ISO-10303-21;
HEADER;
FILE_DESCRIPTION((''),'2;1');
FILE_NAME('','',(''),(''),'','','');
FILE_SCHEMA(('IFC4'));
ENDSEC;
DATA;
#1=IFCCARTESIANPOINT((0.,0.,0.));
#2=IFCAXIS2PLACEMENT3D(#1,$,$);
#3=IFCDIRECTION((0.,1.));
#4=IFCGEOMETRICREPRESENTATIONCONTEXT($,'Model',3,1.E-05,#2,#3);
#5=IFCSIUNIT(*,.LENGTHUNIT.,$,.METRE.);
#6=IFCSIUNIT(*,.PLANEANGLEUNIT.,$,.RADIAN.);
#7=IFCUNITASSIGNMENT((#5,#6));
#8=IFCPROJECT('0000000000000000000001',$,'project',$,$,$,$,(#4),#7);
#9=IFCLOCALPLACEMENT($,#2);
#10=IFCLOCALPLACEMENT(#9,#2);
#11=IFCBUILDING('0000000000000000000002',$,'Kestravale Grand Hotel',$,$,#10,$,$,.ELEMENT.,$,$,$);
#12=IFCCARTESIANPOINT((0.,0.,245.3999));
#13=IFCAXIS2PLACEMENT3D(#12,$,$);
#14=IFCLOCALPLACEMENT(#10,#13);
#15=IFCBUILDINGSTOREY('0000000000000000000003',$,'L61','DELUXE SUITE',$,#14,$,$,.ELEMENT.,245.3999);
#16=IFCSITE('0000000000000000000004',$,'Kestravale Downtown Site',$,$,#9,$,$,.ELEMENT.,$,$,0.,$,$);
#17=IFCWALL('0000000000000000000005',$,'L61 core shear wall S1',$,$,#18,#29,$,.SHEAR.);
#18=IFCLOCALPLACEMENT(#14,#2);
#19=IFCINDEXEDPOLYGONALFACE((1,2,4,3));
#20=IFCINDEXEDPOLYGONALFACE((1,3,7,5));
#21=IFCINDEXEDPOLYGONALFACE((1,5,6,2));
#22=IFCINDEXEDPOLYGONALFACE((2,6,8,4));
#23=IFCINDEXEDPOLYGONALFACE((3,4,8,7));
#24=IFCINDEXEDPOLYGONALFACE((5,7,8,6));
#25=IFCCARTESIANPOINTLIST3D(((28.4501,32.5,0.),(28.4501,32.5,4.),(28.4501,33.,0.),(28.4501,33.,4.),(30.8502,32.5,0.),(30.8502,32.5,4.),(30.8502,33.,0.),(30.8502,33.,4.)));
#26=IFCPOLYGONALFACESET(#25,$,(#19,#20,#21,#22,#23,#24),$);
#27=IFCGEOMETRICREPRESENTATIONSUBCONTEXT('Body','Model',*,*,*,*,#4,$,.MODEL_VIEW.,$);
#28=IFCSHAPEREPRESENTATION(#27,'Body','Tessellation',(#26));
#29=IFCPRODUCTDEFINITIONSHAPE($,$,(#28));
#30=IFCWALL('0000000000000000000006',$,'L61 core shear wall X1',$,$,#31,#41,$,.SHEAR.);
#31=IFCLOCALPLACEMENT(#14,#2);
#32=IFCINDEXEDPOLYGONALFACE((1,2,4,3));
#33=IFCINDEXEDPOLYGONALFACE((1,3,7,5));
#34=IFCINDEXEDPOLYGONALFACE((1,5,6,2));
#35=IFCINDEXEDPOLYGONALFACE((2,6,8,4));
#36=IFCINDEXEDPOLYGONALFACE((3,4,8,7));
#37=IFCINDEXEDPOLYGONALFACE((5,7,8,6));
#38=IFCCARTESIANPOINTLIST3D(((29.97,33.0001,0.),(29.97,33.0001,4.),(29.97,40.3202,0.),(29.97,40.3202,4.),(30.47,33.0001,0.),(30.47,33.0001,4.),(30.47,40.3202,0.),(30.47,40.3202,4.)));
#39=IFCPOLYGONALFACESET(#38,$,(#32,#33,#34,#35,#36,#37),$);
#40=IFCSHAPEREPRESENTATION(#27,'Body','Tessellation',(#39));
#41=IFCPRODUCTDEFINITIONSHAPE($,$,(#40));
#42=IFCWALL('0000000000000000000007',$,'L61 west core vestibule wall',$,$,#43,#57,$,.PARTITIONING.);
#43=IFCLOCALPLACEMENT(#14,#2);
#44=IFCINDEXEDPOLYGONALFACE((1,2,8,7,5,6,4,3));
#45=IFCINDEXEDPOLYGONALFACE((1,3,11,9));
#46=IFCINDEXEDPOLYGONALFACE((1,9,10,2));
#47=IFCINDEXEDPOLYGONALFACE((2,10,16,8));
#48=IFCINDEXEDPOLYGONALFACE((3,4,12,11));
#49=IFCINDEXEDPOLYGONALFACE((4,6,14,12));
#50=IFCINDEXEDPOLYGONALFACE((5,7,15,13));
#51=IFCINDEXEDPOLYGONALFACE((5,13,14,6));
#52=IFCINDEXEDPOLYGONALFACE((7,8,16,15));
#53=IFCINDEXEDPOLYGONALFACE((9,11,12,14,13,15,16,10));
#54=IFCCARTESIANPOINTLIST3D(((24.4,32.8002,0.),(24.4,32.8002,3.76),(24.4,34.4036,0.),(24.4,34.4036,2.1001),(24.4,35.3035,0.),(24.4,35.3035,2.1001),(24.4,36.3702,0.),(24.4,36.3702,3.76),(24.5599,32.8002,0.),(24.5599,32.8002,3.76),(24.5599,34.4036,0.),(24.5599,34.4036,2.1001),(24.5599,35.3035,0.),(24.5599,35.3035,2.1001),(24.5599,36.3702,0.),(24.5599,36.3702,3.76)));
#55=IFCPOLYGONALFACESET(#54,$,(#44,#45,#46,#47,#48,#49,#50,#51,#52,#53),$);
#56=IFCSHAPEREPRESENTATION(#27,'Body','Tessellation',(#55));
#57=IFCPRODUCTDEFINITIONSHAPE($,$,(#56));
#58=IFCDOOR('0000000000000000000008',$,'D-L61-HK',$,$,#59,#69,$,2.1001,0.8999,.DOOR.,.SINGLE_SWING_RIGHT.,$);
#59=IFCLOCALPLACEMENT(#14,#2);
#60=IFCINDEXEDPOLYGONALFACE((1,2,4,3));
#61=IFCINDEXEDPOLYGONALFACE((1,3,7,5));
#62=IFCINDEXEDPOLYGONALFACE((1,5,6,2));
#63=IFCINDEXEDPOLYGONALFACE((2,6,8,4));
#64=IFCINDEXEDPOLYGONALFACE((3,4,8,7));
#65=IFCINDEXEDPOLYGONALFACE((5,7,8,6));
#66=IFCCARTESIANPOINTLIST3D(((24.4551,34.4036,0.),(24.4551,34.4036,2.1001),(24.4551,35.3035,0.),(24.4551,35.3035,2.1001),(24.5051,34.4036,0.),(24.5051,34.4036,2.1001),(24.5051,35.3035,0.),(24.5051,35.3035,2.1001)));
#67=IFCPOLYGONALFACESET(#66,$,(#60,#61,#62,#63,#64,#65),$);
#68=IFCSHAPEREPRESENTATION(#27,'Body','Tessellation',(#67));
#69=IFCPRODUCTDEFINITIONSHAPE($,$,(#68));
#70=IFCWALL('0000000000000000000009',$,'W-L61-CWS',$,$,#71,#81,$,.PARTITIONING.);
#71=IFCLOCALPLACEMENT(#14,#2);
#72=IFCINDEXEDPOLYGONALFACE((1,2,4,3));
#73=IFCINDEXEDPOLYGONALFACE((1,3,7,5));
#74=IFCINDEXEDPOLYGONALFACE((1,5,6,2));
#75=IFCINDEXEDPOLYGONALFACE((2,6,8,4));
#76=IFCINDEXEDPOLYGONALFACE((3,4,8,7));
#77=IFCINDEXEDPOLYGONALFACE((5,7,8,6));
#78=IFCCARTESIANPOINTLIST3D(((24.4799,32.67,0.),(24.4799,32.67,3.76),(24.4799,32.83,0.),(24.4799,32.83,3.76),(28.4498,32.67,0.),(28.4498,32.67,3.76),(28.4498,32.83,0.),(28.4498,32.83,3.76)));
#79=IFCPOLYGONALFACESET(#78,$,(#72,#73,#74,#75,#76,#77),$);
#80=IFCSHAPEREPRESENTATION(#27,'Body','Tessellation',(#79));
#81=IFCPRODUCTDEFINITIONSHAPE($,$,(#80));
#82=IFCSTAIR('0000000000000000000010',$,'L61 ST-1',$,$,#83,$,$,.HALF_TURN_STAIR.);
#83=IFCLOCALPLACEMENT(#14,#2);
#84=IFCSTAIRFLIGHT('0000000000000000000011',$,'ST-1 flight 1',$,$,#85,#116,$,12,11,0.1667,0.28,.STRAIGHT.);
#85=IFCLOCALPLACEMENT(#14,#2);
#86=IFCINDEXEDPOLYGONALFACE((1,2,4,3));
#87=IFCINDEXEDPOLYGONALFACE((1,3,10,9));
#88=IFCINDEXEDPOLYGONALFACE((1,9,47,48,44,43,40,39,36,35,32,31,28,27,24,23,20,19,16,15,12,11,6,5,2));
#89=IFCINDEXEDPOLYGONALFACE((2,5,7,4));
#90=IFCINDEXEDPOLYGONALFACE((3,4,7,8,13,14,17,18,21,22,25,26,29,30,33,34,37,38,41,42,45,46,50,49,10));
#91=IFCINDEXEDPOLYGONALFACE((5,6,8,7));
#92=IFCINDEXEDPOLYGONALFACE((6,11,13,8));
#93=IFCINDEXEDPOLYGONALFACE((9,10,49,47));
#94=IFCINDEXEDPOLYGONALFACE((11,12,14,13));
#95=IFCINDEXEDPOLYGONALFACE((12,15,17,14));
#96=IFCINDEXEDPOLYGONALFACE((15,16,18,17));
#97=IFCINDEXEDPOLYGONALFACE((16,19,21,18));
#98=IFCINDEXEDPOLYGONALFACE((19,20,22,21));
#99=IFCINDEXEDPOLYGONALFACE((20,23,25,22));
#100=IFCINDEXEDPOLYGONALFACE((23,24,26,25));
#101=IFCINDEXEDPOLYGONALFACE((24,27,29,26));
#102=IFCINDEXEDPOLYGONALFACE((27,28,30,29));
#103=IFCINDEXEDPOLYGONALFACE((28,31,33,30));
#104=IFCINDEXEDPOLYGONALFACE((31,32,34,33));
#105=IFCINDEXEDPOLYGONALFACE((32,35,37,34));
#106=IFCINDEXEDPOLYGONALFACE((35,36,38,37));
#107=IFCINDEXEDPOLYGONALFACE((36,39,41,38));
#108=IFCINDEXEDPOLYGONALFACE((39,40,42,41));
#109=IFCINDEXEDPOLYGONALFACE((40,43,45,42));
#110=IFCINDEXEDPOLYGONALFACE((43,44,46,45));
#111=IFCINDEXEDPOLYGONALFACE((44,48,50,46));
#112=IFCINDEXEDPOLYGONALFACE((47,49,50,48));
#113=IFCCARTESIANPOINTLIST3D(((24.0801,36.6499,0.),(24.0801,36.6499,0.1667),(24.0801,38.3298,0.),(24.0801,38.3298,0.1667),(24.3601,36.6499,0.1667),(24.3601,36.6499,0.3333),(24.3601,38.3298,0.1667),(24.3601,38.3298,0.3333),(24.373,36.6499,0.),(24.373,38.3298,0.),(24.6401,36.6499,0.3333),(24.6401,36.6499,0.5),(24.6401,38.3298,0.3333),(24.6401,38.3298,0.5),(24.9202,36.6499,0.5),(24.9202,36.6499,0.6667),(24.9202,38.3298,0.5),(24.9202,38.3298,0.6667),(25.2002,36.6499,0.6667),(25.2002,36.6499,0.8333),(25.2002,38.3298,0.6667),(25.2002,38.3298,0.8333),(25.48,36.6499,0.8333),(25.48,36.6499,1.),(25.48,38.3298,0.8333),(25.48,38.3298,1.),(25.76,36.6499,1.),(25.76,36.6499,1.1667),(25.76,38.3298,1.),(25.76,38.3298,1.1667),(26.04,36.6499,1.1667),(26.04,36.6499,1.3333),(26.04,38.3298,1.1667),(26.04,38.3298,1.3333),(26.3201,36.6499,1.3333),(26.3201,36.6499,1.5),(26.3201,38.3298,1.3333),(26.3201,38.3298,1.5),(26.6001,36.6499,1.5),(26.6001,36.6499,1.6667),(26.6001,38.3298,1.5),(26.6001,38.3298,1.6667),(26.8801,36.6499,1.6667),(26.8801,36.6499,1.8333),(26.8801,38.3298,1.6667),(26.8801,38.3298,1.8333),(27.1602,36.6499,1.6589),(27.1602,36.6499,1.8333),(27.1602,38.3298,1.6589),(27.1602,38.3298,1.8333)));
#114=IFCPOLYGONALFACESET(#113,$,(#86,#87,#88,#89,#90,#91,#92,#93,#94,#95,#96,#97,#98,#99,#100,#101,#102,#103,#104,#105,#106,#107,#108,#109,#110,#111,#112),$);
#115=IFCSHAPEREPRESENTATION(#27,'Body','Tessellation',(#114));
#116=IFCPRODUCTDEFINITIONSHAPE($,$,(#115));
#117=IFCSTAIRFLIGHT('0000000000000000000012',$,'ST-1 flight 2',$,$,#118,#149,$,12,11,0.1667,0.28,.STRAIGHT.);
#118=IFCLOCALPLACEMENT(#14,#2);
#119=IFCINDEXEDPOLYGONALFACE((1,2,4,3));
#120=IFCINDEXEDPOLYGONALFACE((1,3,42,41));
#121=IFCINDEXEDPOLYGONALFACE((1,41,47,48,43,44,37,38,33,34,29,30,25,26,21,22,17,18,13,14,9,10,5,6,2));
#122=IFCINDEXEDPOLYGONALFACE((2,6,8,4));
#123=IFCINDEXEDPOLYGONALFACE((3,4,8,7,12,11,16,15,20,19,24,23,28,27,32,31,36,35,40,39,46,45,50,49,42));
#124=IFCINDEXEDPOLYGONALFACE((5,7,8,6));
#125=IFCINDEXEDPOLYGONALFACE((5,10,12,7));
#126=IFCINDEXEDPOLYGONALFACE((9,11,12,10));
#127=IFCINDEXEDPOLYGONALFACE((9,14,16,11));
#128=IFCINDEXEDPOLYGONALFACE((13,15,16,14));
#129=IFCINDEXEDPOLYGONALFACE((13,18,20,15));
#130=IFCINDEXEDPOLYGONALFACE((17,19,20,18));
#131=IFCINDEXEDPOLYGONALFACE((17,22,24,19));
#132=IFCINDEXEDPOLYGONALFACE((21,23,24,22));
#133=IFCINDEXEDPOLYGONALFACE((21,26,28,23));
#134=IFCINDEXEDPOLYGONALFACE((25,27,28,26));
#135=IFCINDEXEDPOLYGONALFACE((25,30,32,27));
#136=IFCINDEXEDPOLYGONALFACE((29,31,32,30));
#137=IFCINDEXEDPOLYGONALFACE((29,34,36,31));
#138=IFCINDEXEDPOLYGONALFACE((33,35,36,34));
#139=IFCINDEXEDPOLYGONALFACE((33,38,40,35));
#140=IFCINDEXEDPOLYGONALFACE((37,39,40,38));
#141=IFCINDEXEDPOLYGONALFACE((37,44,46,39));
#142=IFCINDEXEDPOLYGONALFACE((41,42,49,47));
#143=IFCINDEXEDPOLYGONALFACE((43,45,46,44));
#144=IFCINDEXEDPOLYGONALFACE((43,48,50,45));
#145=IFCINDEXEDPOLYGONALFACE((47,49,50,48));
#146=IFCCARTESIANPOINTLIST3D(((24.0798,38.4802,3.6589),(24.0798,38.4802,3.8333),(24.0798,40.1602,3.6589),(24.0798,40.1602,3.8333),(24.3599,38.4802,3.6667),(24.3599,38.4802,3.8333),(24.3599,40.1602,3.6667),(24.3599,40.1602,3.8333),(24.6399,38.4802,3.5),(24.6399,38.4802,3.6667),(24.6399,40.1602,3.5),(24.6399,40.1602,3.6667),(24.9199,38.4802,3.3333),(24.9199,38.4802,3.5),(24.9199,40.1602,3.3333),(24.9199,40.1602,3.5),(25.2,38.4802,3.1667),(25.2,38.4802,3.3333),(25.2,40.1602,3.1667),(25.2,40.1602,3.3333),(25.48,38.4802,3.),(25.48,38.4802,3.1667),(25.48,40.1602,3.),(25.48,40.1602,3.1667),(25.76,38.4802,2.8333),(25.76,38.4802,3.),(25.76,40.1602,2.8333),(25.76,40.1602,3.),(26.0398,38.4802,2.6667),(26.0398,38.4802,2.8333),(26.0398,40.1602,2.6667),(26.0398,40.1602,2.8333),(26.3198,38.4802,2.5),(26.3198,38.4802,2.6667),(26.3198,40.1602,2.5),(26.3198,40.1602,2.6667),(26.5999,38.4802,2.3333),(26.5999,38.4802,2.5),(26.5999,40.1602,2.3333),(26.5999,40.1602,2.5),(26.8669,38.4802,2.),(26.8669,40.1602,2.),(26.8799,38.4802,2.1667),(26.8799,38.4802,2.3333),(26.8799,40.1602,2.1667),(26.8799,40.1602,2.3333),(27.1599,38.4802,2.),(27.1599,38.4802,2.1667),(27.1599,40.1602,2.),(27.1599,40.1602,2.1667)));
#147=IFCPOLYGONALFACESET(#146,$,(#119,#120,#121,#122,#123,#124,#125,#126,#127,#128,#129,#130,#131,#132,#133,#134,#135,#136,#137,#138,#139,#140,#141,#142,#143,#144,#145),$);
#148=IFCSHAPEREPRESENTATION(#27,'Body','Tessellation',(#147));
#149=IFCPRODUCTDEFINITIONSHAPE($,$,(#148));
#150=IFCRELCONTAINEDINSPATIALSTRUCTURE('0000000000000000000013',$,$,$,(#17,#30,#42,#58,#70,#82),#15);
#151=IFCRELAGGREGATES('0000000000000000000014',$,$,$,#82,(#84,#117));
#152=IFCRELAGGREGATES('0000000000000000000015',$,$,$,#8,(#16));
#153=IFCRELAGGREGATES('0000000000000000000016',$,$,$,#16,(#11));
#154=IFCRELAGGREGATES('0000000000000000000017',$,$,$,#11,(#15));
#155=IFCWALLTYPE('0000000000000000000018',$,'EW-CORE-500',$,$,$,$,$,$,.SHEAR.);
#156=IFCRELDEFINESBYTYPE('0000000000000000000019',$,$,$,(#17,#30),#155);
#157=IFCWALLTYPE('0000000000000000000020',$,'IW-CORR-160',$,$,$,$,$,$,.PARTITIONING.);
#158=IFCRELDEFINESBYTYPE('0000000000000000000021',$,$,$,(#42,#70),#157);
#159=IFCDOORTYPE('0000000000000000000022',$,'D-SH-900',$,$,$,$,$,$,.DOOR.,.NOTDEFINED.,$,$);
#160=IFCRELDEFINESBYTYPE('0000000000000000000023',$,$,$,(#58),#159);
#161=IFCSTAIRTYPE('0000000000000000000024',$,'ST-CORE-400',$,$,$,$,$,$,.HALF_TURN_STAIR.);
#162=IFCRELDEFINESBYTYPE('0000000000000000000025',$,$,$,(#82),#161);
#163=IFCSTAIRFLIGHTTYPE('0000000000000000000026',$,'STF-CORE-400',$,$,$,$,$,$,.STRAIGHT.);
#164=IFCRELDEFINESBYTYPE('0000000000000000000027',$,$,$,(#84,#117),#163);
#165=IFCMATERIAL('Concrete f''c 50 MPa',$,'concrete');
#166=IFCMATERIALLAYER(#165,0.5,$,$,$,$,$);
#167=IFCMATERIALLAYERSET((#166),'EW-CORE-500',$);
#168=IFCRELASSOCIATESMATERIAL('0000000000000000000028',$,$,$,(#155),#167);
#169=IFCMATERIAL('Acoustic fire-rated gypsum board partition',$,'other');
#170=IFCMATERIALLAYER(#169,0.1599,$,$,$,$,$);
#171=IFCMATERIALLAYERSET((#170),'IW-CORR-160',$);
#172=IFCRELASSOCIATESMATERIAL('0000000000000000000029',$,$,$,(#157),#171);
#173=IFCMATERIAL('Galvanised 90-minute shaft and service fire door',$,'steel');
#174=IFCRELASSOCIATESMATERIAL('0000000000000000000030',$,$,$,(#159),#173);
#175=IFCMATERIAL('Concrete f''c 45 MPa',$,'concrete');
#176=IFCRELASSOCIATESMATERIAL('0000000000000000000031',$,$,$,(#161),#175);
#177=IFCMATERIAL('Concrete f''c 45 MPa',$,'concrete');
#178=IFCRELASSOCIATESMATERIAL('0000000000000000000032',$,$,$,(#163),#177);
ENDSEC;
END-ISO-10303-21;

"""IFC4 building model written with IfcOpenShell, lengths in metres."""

from ifc_helpers import new_model, si_unit, direction, frame, frame_2d, origin, place, context, subcontext, project, spatial, polyline, rectangle, outline, extrude, material, layer, layer_set, type_object, element, fill, aggregate, save


model = new_model("IFC4")

# Units and contexts
model_context = context("Model", 3, precision=1e-05, world=origin(), true_north=direction((0.0, 1.0)))
body_context = subcontext(model_context, "Body", "Model", "MODEL_VIEW")
ifc_project = project(units=[si_unit("LENGTHUNIT", "METRE"), si_unit("PLANEANGLEUNIT", "RADIAN")], contexts=[model_context])

# Site, building, storey
site_placement = place(None, origin())
site = spatial("IfcSite", under=ifc_project, at=site_placement, Name="Kestravale Downtown Site", CompositionType="ELEMENT", RefElevation=0.0)
building_placement = place(site_placement, origin())
building = spatial("IfcBuilding", under=site, at=building_placement, Name="Kestravale Grand Hotel", CompositionType="ELEMENT")
storey_placement = place(building_placement, frame((0.0, 0.0, 245.3999)))
storey = spatial("IfcBuildingStorey", under=building, at=storey_placement, Name="L61", Description="DELUXE SUITE", CompositionType="ELEMENT", Elevation=245.3999)

# Walls
ifc_material_1 = material(Name="Concrete f'c 50 MPa", Category="concrete")
ifc_layer_1 = layer(ifc_material_1, 0.5)
ifc_layer_set_1 = layer_set([ifc_layer_1], Name="EW-CORE-500")
wall_type_1 = type_object("IfcWallType", Name="EW-CORE-500", PredefinedType="SHEAR", material=ifc_layer_set_1)
wall_1_placement = place(storey_placement, frame((28.45, 32.75, 0.0), z_axis=(0.0, 0.0, 1.0), x_axis=(1.0, 0.0, 0.0)))
element("IfcWall", 1, at=wall_1_placement, inside=storey, type_object=wall_type_1, Name="L61 core shear wall S1", PredefinedType="SHEAR", context=body_context, shape_type="SweptSolid", body=[
    extrude(rectangle(XDim=2.4001, YDim=0.5, at=frame_2d((1.2002, 0.0))), origin(), (0.0, 0.0, 1.0), 4.0),
])
wall_2_placement = place(storey_placement, frame((30.22, 33.0, 0.0), z_axis=(0.0, 0.0, 1.0), x_axis=(0.0, 1.0, 0.0)))
element("IfcWall", 2, at=wall_2_placement, inside=storey, type_object=wall_type_1, Name="L61 core shear wall X1", PredefinedType="SHEAR", context=body_context, shape_type="SweptSolid", body=[
    extrude(rectangle(XDim=7.3201, YDim=0.5, at=frame_2d((3.6602, 0.0))), origin(), (0.0, 0.0, 1.0), 4.0),
])

# Wall, opening, door
ifc_material_2 = material(Name="Acoustic fire-rated gypsum board partition", Category="other")
ifc_layer_2 = layer(ifc_material_2, 0.1599)
ifc_layer_set_2 = layer_set([ifc_layer_2], Name="IW-CORR-160")
wall_type_2 = type_object("IfcWallType", Name="IW-CORR-160", PredefinedType="PARTITIONING", material=ifc_layer_set_2)
wall_3_placement = place(storey_placement, frame((24.48, 32.8, 0.0), z_axis=(0.0, 0.0, 1.0), x_axis=(0.0, 1.0, 0.0)))
wall_3 = element("IfcWall", 3, at=wall_3_placement, inside=storey, type_object=wall_type_2, Name="L61 west core vestibule wall", PredefinedType="PARTITIONING", context=body_context, shape_type="SweptSolid", body=[
    extrude(rectangle(XDim=3.5701, YDim=0.1599, at=frame_2d((1.7852, 0.0))), origin(), (0.0, 0.0, 1.0), 3.76),
])
opening_1_placement = place(wall_3_placement, frame((1.6035, 0.0, 0.0)))
opening_1 = element("IfcOpeningElement", 4, at=opening_1_placement, cuts=wall_3, PredefinedType="OPENING", context=body_context, shape_type="SweptSolid", body=[
    extrude(rectangle(XDim=0.8999, YDim=2.1001, at=frame_2d((0.45, 1.05))), frame((0.0, 0.0898, 0.0), z_axis=(0.0, -1.0, 0.0), x_axis=(1.0, 0.0, 0.0)), (0.0, 0.0, 1.0), 0.1799),
])
ifc_material_3 = material(Name="Galvanised 90-minute shaft and service fire door", Category="steel")
door_type_1 = type_object("IfcDoorType", Name="D-SH-900", OperationType="NOTDEFINED", PredefinedType="DOOR", material=ifc_material_3)
door_1_placement = place(opening_1_placement, origin())
door_1 = element("IfcDoor", 5, at=door_1_placement, inside=storey, type_object=door_type_1, Name="D-L61-HK", OperationType="SINGLE_SWING_RIGHT", OverallHeight=2.1001, OverallWidth=0.8999, PredefinedType="DOOR", context=body_context, shape_type="SweptSolid", body=[
    extrude(rectangle(XDim=0.8999, YDim=2.1001, at=frame_2d((0.45, 1.05))), frame((0.0, 0.0249, 0.0), z_axis=(0.0, -1.0, 0.0), x_axis=(1.0, 0.0, 0.0)), (0.0, 0.0, 1.0), 0.05),
])
fill(opening_1, door_1)

# Wall
wall_4_placement = place(storey_placement, frame((24.48, 32.75, 0.0), z_axis=(0.0, 0.0, 1.0), x_axis=(1.0, 0.0, 0.0)))
element("IfcWall", 6, at=wall_4_placement, inside=storey, type_object=wall_type_2, Name="W-L61-CWS", PredefinedType="PARTITIONING", context=body_context, shape_type="SweptSolid", body=[
    extrude(rectangle(XDim=3.97, YDim=0.1599, at=frame_2d((1.9849, 0.0))), origin(), (0.0, 0.0, 1.0), 3.76),
])

# Stair, stair flights
ifc_material_4 = material(Name="Concrete f'c 45 MPa", Category="concrete")
stair_type = type_object("IfcStairType", Name="ST-CORE-400", PredefinedType="HALF_TURN_STAIR", material=ifc_material_4)
stair_placement = place(storey_placement, origin())
stair = element("IfcStair", 7, at=stair_placement, inside=storey, type_object=stair_type, Name="L61 ST-1", PredefinedType="HALF_TURN_STAIR")
ifc_material_5 = material(Name="Concrete f'c 45 MPa", Category="concrete")
stair_flight_type = type_object("IfcStairFlightType", Name="STF-CORE-400", PredefinedType="STRAIGHT", material=ifc_material_5)
stair_flight_1_placement = place(storey_placement, frame((24.0801, 37.49, 0.0), z_axis=(0.0, 0.0, 1.0), x_axis=(1.0, 0.0, 0.0)))
stair_flight_1 = element("IfcStairFlight", 8, at=stair_flight_1_placement, type_object=stair_flight_type, Name="ST-1 flight 1", NumberOfRisers=12, NumberOfTreads=11, PredefinedType="STRAIGHT", RiserHeight=0.1667, TreadLength=0.28, context=body_context, shape_type="SweptSolid", body=[
    extrude(outline(polyline([(0.0, 0.0), (0.0, 0.1667), (0.28, 0.1667), (0.28, 0.3333), (0.5601, 0.3333), (0.5601, 0.5), (0.8401, 0.5), (0.8401, 0.6667), (1.1201, 0.6667), (1.1201, 0.8333), (1.3999, 0.8333), (1.3999, 1.0), (1.6799, 1.0), (1.6799, 1.1667), (1.96, 1.1667), (1.96, 1.3333), (2.24, 1.3333), (2.24, 1.5), (2.52, 1.5), (2.52, 1.6667), (2.8, 1.6667), (2.8, 1.8333), (3.0801, 1.8333), (3.0801, 2.0), (3.0801, 1.6589), (0.293, 0.0), (0.0, 0.0)])), frame((0.0, 0.8398, 0.0), z_axis=(0.0, -1.0, 0.0), x_axis=(1.0, 0.0, 0.0)), (0.0, 0.0, 1.0), 1.6799),
])
stair_flight_2_placement = place(storey_placement, frame((27.1599, 39.3201, 2.0), z_axis=(0.0, 0.0, 1.0), x_axis=(-1.0, 0.0, 0.0)))
stair_flight_2 = element("IfcStairFlight", 9, at=stair_flight_2_placement, type_object=stair_flight_type, Name="ST-1 flight 2", NumberOfRisers=12, NumberOfTreads=11, PredefinedType="STRAIGHT", RiserHeight=0.1667, TreadLength=0.28, context=body_context, shape_type="SweptSolid", body=[
    extrude(outline(polyline([(0.0, 0.0), (0.0, 0.1667), (0.28, 0.1667), (0.28, 0.3333), (0.5601, 0.3333), (0.5601, 0.5), (0.8401, 0.5), (0.8401, 0.6667), (1.1201, 0.6667), (1.1201, 0.8333), (1.3999, 0.8333), (1.3999, 1.0), (1.6799, 1.0), (1.6799, 1.1667), (1.96, 1.1667), (1.96, 1.3333), (2.24, 1.3333), (2.24, 1.5), (2.52, 1.5), (2.52, 1.6667), (2.8, 1.6667), (2.8, 1.8333), (3.0801, 1.8333), (3.0801, 2.0), (3.0801, 1.6589), (0.293, 0.0), (0.0, 0.0)])), frame((0.0, 0.8398, 0.0), z_axis=(0.0, -1.0, 0.0), x_axis=(1.0, 0.0, 0.0)), (0.0, 0.0, 1.0), 1.6799),
])
aggregate(stair, [stair_flight_1, stair_flight_2])

save(model, "model.ifc")
